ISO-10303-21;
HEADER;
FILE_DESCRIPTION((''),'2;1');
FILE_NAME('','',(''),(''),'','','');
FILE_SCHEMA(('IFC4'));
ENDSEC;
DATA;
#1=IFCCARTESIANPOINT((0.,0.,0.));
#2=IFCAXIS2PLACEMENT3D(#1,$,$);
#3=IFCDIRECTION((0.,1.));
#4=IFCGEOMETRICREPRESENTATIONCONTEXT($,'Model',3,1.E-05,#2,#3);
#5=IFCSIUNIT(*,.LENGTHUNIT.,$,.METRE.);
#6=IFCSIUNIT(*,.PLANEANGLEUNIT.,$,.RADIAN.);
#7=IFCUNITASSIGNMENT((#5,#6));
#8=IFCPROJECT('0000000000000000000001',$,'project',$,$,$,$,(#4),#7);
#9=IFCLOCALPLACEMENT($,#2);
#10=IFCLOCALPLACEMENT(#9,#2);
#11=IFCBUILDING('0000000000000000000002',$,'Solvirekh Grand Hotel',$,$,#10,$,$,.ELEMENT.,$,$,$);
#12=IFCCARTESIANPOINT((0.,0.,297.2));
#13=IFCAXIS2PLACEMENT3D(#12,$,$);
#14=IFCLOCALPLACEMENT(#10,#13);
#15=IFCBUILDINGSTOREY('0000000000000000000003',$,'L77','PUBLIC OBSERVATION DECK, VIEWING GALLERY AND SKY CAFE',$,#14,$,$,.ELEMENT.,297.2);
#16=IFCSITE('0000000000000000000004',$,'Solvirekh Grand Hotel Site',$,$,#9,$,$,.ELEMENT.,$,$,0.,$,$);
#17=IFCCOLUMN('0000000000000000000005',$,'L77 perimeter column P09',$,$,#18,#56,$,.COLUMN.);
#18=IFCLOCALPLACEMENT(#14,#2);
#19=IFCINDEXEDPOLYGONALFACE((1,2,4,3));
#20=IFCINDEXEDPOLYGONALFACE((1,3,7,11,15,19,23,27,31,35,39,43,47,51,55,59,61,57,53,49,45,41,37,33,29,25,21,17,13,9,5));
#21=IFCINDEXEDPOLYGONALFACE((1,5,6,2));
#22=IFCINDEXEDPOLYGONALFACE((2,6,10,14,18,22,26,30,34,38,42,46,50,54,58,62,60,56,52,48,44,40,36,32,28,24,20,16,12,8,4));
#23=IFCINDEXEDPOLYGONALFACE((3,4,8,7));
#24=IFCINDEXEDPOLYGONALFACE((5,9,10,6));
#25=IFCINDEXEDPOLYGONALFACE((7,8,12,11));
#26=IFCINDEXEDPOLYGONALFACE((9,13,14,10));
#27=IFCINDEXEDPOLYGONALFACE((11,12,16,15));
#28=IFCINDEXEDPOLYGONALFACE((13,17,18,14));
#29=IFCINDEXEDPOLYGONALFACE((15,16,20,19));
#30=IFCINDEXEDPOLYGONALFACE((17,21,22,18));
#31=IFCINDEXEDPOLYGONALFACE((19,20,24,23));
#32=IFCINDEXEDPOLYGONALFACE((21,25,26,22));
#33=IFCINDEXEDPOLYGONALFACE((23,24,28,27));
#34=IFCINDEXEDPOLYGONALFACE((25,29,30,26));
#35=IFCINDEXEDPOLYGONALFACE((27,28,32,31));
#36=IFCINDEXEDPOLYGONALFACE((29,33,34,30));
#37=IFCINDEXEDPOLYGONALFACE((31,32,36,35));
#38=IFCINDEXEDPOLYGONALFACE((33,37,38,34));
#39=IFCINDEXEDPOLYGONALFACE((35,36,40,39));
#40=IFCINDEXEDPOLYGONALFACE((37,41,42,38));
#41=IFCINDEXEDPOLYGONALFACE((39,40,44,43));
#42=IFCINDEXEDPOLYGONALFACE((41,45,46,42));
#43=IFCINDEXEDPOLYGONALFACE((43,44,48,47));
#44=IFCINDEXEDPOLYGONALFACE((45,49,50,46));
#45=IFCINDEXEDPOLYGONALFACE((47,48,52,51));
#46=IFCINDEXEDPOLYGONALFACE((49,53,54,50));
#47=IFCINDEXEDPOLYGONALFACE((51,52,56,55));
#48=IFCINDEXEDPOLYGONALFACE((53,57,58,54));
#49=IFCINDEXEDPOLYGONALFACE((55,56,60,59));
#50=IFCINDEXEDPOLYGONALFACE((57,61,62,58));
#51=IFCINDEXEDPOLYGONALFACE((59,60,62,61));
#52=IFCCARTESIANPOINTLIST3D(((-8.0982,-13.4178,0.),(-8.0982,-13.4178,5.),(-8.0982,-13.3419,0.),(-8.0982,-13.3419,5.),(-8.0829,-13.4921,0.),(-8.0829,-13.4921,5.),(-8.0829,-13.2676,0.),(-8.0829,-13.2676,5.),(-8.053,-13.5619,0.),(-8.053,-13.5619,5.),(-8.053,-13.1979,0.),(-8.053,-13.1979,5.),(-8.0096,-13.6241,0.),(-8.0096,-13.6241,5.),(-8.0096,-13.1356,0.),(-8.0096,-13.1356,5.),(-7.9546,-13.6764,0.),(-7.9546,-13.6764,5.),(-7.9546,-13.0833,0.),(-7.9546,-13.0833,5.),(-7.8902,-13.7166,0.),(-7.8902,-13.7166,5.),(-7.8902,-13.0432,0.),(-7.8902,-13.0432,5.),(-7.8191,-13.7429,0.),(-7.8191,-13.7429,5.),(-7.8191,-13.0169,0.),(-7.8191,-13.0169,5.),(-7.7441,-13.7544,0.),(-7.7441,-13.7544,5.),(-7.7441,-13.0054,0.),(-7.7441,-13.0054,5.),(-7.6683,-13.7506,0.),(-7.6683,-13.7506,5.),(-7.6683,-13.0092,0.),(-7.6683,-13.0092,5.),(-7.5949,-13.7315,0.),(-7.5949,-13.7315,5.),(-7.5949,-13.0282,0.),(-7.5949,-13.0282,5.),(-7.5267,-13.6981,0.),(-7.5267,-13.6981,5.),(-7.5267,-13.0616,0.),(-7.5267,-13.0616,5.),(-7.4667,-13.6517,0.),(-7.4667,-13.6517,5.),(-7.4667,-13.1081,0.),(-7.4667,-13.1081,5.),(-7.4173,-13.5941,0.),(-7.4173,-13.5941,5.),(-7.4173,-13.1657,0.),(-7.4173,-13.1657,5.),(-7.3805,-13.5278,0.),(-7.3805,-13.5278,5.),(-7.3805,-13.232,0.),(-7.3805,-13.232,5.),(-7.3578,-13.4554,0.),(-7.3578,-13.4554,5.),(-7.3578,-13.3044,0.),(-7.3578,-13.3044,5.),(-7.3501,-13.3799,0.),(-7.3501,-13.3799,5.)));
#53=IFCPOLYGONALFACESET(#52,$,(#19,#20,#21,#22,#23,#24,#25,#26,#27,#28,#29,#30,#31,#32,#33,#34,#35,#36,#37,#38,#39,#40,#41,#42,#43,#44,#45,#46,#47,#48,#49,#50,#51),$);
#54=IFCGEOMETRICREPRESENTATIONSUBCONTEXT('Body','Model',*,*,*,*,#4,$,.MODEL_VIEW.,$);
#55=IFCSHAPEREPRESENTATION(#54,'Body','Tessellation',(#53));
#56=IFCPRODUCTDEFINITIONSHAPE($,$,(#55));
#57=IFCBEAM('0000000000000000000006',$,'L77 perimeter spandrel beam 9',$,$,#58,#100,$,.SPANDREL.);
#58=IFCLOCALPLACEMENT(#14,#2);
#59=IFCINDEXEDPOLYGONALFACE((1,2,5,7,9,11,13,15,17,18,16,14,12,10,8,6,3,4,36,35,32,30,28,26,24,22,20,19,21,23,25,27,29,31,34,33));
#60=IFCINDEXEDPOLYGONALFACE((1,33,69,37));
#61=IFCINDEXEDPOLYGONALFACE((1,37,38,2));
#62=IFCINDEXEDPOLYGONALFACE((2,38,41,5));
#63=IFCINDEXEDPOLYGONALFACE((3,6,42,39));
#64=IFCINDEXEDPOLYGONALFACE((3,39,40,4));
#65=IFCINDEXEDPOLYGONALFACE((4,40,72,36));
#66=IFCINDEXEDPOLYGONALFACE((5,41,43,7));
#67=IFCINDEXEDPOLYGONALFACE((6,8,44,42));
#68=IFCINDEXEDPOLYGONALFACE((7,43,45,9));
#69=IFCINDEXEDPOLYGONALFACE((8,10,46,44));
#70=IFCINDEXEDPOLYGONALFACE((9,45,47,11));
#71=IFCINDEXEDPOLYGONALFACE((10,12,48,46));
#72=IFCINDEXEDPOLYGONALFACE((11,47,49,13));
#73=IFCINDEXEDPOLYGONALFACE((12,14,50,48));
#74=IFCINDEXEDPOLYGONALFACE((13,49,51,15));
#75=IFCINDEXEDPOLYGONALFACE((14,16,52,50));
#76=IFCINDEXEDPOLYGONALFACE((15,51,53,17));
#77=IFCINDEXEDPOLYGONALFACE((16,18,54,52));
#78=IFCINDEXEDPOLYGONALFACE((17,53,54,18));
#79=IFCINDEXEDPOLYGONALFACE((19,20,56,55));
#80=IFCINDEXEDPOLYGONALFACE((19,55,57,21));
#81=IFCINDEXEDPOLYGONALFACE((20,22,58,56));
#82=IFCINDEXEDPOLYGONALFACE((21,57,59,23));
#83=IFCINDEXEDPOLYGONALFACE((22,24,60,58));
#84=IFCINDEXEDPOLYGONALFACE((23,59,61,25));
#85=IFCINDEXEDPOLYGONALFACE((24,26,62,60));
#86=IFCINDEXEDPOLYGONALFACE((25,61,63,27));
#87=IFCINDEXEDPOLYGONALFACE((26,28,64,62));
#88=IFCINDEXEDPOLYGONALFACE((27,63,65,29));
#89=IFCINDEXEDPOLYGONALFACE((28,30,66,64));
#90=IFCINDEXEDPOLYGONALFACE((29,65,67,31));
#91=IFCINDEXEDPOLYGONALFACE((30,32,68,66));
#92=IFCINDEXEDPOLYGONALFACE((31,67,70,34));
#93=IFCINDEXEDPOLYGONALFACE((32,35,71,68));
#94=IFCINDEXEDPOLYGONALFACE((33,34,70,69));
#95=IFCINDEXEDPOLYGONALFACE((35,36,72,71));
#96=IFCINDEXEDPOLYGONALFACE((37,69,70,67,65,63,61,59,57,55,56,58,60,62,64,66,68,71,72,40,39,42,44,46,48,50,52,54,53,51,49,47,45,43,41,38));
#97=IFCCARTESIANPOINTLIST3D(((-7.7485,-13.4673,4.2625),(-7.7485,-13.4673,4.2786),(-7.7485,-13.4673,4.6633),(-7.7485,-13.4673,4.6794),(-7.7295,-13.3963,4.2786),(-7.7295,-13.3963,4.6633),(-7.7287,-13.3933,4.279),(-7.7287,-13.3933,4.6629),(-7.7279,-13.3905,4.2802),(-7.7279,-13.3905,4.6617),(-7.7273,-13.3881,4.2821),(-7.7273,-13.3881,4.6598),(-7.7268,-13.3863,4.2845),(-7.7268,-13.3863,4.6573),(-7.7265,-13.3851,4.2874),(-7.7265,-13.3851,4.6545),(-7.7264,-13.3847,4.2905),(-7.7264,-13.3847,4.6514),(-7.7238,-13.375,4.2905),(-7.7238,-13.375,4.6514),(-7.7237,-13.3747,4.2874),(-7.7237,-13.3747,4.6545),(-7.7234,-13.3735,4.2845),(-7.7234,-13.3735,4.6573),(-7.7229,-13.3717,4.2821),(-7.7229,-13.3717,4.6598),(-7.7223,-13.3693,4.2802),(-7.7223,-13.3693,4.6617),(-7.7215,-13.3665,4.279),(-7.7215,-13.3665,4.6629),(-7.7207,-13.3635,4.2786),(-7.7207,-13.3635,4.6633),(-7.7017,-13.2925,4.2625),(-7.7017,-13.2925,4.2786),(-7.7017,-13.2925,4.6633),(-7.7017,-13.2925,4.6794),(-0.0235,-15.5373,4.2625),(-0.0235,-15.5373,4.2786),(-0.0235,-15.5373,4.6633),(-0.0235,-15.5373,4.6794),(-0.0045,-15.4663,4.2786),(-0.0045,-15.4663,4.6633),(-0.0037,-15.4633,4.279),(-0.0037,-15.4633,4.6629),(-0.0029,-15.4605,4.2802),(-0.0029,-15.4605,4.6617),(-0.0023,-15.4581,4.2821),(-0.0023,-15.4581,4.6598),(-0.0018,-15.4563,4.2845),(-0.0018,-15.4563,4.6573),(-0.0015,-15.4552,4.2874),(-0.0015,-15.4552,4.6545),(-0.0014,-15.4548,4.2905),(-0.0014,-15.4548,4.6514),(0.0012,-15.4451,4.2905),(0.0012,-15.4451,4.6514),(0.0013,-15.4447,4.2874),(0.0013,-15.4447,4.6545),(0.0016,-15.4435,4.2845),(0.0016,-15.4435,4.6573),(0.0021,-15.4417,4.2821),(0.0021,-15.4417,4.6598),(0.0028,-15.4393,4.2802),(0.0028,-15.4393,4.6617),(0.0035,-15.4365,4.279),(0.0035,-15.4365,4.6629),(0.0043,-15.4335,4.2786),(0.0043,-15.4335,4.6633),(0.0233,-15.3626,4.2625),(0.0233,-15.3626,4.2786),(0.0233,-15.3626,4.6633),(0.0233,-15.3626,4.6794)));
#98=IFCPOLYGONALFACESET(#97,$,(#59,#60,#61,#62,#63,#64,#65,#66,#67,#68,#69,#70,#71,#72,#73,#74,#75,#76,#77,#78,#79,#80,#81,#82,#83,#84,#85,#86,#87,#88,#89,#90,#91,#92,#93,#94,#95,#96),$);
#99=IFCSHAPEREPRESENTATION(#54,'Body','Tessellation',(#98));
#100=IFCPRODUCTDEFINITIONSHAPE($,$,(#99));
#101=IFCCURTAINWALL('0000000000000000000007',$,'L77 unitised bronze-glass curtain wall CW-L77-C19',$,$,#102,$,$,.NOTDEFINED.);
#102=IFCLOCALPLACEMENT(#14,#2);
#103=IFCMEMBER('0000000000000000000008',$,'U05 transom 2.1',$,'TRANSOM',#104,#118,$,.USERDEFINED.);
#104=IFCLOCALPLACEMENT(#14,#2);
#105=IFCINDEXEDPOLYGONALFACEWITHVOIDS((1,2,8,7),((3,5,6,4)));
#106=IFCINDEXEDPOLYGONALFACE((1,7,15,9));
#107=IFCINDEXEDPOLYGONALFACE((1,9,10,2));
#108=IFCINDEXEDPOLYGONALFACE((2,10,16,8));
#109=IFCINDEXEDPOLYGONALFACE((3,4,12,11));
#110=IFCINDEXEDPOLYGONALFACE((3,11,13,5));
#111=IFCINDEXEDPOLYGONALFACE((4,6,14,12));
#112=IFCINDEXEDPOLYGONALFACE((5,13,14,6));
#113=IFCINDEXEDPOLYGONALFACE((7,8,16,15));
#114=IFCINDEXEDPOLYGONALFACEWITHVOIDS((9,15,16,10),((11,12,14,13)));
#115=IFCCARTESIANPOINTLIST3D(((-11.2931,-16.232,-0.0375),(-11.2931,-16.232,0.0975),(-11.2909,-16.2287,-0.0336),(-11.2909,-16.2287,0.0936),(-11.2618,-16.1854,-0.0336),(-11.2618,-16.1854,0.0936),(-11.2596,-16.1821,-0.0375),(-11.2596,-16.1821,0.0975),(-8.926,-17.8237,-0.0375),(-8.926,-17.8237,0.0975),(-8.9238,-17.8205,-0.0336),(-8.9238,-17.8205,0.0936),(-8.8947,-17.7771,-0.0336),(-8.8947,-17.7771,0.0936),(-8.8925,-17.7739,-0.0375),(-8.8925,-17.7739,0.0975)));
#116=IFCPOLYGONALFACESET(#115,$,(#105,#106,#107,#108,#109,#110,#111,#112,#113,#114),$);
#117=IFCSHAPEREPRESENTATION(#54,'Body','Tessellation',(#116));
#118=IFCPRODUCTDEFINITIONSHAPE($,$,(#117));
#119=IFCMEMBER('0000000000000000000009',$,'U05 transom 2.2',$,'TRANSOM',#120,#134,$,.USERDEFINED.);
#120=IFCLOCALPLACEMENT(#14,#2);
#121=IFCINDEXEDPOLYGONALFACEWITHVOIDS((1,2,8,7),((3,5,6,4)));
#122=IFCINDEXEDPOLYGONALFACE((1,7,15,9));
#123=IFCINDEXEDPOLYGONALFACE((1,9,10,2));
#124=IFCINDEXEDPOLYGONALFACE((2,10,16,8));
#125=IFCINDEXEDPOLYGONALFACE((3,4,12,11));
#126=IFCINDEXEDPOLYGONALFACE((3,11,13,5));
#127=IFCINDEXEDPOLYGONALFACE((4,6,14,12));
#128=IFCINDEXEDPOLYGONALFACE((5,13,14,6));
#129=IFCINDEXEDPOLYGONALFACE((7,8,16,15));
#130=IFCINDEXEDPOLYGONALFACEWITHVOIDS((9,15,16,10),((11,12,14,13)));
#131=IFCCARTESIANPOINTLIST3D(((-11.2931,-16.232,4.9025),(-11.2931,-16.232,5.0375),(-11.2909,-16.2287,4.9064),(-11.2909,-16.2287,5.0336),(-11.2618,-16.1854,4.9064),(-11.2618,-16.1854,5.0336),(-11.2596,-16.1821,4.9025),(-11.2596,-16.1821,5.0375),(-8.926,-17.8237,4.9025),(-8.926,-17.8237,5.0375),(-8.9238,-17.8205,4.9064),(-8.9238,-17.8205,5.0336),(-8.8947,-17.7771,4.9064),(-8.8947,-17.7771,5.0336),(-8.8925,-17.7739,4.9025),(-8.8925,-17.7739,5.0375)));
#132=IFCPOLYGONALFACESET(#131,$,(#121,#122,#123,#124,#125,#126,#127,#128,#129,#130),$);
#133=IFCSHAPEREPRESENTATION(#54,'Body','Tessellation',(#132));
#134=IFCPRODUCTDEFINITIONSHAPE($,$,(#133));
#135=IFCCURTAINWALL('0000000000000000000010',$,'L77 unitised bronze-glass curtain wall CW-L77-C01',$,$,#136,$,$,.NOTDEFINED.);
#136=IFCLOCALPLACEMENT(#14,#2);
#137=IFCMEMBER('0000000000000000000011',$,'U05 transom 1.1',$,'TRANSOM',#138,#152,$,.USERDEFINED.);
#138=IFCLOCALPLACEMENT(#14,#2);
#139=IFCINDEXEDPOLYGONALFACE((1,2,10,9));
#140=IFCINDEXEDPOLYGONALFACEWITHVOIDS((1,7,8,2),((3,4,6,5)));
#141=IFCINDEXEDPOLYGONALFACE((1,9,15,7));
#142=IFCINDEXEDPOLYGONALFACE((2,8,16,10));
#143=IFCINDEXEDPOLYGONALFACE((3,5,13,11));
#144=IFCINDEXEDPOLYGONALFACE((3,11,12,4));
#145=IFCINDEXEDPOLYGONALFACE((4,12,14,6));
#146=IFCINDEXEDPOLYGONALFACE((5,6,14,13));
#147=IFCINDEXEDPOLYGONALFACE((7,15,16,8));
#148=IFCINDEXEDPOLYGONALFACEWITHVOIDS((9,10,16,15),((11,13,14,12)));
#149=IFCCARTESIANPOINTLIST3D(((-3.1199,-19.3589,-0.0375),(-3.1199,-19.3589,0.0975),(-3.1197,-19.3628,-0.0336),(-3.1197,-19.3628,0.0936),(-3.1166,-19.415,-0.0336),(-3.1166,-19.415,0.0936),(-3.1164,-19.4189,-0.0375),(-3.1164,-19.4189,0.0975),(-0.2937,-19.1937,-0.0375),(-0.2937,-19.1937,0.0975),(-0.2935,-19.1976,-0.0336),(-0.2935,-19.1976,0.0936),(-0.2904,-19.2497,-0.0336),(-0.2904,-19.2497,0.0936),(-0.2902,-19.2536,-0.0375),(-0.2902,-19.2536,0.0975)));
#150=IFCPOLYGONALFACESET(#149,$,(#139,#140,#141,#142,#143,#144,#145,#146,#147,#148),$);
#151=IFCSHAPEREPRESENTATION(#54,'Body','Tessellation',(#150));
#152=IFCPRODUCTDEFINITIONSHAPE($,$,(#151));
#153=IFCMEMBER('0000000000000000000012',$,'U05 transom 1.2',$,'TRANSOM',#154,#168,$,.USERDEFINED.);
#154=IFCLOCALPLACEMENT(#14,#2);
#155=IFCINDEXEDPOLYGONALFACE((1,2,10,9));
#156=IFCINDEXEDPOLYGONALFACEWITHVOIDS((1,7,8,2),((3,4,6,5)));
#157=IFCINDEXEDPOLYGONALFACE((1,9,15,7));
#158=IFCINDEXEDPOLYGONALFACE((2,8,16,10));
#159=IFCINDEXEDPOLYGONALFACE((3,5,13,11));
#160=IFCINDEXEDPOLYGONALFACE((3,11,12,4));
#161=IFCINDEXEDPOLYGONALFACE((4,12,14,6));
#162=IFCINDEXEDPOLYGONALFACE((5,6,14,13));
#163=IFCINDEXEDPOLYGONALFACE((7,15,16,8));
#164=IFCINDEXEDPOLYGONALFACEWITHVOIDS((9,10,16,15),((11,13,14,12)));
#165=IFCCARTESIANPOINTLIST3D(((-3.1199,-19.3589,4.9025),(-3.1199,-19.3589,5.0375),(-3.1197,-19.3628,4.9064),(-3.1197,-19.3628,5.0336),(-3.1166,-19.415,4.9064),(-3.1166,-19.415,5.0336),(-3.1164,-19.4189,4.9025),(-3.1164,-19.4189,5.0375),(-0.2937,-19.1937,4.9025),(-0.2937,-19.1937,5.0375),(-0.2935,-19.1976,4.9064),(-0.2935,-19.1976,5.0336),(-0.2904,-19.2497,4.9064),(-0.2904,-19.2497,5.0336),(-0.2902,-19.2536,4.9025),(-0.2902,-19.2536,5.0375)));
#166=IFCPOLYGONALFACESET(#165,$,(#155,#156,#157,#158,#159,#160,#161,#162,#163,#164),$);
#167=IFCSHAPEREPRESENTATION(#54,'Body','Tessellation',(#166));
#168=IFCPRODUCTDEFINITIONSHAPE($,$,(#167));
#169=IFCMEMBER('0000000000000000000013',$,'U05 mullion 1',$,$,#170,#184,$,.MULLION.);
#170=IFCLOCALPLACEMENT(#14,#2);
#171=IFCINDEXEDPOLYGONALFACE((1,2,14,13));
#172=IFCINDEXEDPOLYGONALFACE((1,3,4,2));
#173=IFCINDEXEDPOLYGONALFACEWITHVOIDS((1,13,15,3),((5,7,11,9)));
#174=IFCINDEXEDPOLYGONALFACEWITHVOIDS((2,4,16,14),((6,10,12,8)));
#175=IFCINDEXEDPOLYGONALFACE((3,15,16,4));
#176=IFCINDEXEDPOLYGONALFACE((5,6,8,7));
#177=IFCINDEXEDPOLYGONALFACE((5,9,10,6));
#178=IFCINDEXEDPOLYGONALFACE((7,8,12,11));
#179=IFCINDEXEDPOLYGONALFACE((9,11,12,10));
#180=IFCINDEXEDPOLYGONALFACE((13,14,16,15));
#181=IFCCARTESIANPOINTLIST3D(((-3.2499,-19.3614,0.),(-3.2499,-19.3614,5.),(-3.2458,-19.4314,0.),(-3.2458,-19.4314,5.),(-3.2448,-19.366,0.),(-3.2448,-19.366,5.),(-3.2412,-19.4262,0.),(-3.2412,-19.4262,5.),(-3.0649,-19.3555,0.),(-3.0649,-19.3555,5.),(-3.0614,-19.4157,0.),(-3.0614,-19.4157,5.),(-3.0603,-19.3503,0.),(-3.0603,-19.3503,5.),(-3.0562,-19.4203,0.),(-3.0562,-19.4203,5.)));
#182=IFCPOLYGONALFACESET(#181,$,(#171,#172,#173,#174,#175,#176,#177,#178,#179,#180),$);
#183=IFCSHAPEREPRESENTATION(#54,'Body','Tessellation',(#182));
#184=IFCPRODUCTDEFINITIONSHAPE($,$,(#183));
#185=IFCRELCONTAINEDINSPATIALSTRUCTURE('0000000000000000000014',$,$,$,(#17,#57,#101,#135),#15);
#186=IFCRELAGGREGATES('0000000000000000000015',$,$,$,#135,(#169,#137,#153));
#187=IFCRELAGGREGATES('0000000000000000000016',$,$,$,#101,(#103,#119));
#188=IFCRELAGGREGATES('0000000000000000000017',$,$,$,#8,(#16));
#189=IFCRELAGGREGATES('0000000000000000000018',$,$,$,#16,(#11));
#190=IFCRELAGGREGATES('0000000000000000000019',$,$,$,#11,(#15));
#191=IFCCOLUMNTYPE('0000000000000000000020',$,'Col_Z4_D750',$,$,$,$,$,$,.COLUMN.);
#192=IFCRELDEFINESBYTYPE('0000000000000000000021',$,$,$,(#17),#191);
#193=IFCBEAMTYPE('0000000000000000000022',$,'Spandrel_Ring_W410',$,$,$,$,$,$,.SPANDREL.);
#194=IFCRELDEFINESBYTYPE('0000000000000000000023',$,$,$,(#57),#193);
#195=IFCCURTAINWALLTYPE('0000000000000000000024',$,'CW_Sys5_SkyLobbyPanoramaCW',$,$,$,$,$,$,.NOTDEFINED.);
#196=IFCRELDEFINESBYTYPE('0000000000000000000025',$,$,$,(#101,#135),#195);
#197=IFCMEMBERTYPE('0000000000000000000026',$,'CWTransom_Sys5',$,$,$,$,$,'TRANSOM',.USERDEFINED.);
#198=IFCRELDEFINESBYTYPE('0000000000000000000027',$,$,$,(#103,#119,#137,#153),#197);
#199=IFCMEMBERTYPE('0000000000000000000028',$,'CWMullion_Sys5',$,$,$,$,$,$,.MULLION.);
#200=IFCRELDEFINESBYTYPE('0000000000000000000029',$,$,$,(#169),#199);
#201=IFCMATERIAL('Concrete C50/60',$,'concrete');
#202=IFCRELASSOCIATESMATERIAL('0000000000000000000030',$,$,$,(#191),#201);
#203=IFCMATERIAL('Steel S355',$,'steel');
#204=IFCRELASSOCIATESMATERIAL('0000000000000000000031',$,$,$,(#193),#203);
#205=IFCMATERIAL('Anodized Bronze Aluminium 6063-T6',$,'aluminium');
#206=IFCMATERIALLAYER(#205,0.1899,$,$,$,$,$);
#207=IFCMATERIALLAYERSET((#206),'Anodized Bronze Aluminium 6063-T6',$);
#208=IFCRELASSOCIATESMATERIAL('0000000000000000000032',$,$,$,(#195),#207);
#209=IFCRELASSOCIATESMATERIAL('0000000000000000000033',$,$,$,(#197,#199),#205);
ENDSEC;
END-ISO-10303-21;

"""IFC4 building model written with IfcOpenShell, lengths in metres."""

from ifc_helpers import new_model, si_unit, direction, frame, origin, origin_2d, place, context, subcontext, project, spatial, hollow_rectangle, circle, i_section, extrude, source, transform, mapped, material, layer, layer_set, material_profile, profile_set, type_object, element, aggregate, save


model = new_model("IFC4")

# Units and contexts
model_context = context("Model", 3, precision=1e-05, world=origin(), true_north=direction((0.0, 1.0)))
body_context = subcontext(model_context, "Body", "Model", "MODEL_VIEW")
ifc_project = project(units=[si_unit("LENGTHUNIT", "METRE"), si_unit("PLANEANGLEUNIT", "RADIAN")], contexts=[model_context])

# Site, building, storey
site_placement = place(None, origin())
site = spatial("IfcSite", under=ifc_project, at=site_placement, Name="Solvirekh Grand Hotel Site", CompositionType="ELEMENT", RefElevation=0.0)
building_placement = place(site_placement, origin())
building = spatial("IfcBuilding", under=site, at=building_placement, Name="Solvirekh Grand Hotel", CompositionType="ELEMENT")
storey_placement = place(building_placement, frame((0.0, 0.0, 297.2)))
storey = spatial("IfcBuildingStorey", under=building, at=storey_placement, Name="L77", Description="PUBLIC OBSERVATION DECK, VIEWING GALLERY AND SKY CAFE", CompositionType="ELEMENT", Elevation=297.2)

# Column
ifc_material_1 = material(Name="Concrete C50/60", Category="concrete")
ifc_material_profile_1 = material_profile(ifc_material_1, circle(Radius=0.375, at=origin_2d()), Name="RC CIRC D750")
ifc_profile_set_1 = profile_set([ifc_material_profile_1], Name="Concrete C50/60")
column_type = type_object("IfcColumnType", Name="Col_Z4_D750", PredefinedType="COLUMN", material=ifc_profile_set_1)
column_placement = place(storey_placement, frame((-7.7251, -13.3799, 0.0), z_axis=(0.0, 0.0, 1.0), x_axis=(1.0, 0.0, 0.0)))
element("IfcColumn", 1, at=column_placement, inside=storey, type_object=column_type, Name="L77 perimeter column P09", PredefinedType="COLUMN", context=body_context, shape_type="SweptSolid", body=[
    extrude(circle(Radius=0.375, at=origin_2d()), origin(), (0.0, 0.0, 1.0), 5.0),
])

# Beam
ifc_material_2 = material(Name="Steel S355", Category="steel")
ifc_material_profile_2 = material_profile(ifc_material_2, i_section(OverallWidth=0.1809, OverallDepth=0.417, WebThickness=0.01, FlangeThickness=0.0161, FilletRadius=0.012, at=origin_2d()), Name="W410X85")
ifc_profile_set_2 = profile_set([ifc_material_profile_2], Name="Steel S355")
beam_type = type_object("IfcBeamType", Name="Spandrel_Ring_W410", PredefinedType="SPANDREL", material=ifc_profile_set_2)
beam_placement = place(storey_placement, frame((-7.7251, -13.3799, 4.4709), z_axis=(0.965922, -0.258835, 0.0), x_axis=(0.258835, 0.965922, 0.0)))
element("IfcBeam", 2, at=beam_placement, inside=storey, type_object=beam_type, Name="L77 perimeter spandrel beam 9", PredefinedType="SPANDREL", context=body_context, shape_type="SweptSolid", body=[
    extrude(i_section(OverallWidth=0.1809, OverallDepth=0.417, WebThickness=0.01, FlangeThickness=0.0161, FilletRadius=0.012, at=origin_2d()), origin(), (0.0, 0.0, 1.0), 7.9976),
])

# Curtain walls, members
ifc_material_3 = material(Name="Anodized Bronze Aluminium 6063-T6", Category="aluminium")
ifc_layer_1 = layer(ifc_material_3, 0.1899)
ifc_layer_set_1 = layer_set([ifc_layer_1], Name="Anodized Bronze Aluminium 6063-T6")
curtain_wall_type = type_object("IfcCurtainWallType", Name="CW_Sys5_SkyLobbyPanoramaCW", PredefinedType="NOTDEFINED", material=ifc_layer_set_1)
curtain_wall_1_placement = place(storey_placement, origin())
curtain_wall_1 = element("IfcCurtainWall", 3, at=curtain_wall_1_placement, inside=storey, type_object=curtain_wall_type, Name="L77 unitised bronze-glass curtain wall CW-L77-C19", PredefinedType="NOTDEFINED")
ifc_material_profile_3 = material_profile(ifc_material_3, hollow_rectangle(XDim=0.0601, YDim=0.135, WallThickness=0.0039, at=origin_2d()), Name="ALU RHS 135X60X4")
ifc_profile_set_3 = profile_set([ifc_material_profile_3], Name="Anodized Bronze Aluminium 6063-T6")
member_type_1 = type_object("IfcMemberType", Name="CWTransom_Sys5", ElementType="TRANSOM", PredefinedType="USERDEFINED", material=ifc_profile_set_3)
shared_shape_1 = source(origin(), body_context, "Body", "SweptSolid", [
    extrude(hollow_rectangle(XDim=0.0601, YDim=0.135, WallThickness=0.0039, at=origin_2d()), origin(), (0.0, 0.0, 1.0), 2.8525),
])
member_1_placement = place(storey_placement, frame((-11.2764, -16.207, 0.03), z_axis=(0.829832, -0.558014, 0.0), x_axis=(0.558014, 0.829832, 0.0)))
member_1 = element("IfcMember", 4, at=member_1_placement, type_object=member_type_1, Name="U05 transom 2.1", ObjectType="TRANSOM", PredefinedType="USERDEFINED", context=body_context, shape_type="MappedRepresentation", body=[
    mapped(shared_shape_1, transform((0.0, 0.0, 0.0), x_axis=(1.0, 0.0, 0.0), y_axis=(0.0, 1.0, 0.0), z_axis=(0.0, 0.0, 1.0), scale=1.0)),
])
member_2_placement = place(storey_placement, frame((-11.2764, -16.207, 4.97), z_axis=(0.829832, -0.558014, 0.0), x_axis=(0.558014, 0.829832, 0.0)))
member_2 = element("IfcMember", 5, at=member_2_placement, type_object=member_type_1, Name="U05 transom 2.2", ObjectType="TRANSOM", PredefinedType="USERDEFINED", context=body_context, shape_type="MappedRepresentation", body=[
    mapped(shared_shape_1, transform((0.0, 0.0, 0.0), x_axis=(1.0, 0.0, 0.0), y_axis=(0.0, 1.0, 0.0), z_axis=(0.0, 0.0, 1.0), scale=1.0)),
])
curtain_wall_2_placement = place(storey_placement, origin())
curtain_wall_2 = element("IfcCurtainWall", 6, at=curtain_wall_2_placement, inside=storey, type_object=curtain_wall_type, Name="L77 unitised bronze-glass curtain wall CW-L77-C01", PredefinedType="NOTDEFINED")
shared_shape_2 = source(origin(), body_context, "Body", "SweptSolid", [
    extrude(hollow_rectangle(XDim=0.0601, YDim=0.135, WallThickness=0.0039, at=origin_2d()), origin(), (0.0, 0.0, 1.0), 2.8311),
])
member_3_placement = place(storey_placement, frame((-3.1182, -19.3889, 0.03), z_axis=(0.998294, 0.058383, 0.0), x_axis=(-0.058383, 0.998294, 0.0)))
member_3 = element("IfcMember", 7, at=member_3_placement, type_object=member_type_1, Name="U05 transom 1.1", ObjectType="TRANSOM", PredefinedType="USERDEFINED", context=body_context, shape_type="MappedRepresentation", body=[
    mapped(shared_shape_2, transform((0.0, 0.0, 0.0), x_axis=(1.0, 0.0, 0.0), y_axis=(0.0, 1.0, 0.0), z_axis=(0.0, 0.0, 1.0), scale=1.0)),
])
member_4_placement = place(storey_placement, frame((-3.1182, -19.3889, 4.97), z_axis=(0.998294, 0.058383, 0.0), x_axis=(-0.058383, 0.998294, 0.0)))
member_4 = element("IfcMember", 8, at=member_4_placement, type_object=member_type_1, Name="U05 transom 1.2", ObjectType="TRANSOM", PredefinedType="USERDEFINED", context=body_context, shape_type="MappedRepresentation", body=[
    mapped(shared_shape_2, transform((0.0, 0.0, 0.0), x_axis=(1.0, 0.0, 0.0), y_axis=(0.0, 1.0, 0.0), z_axis=(0.0, 0.0, 1.0), scale=1.0)),
])
ifc_material_profile_4 = material_profile(ifc_material_3, hollow_rectangle(XDim=0.0701, YDim=0.1899, WallThickness=0.0049, at=origin_2d()), Name="ALU RHS 190X70X5")
ifc_profile_set_4 = profile_set([ifc_material_profile_4], Name="Anodized Bronze Aluminium 6063-T6")
member_type_2 = type_object("IfcMemberType", Name="CWMullion_Sys5", PredefinedType="MULLION", material=ifc_profile_set_4)
shared_shape_3 = source(origin(), body_context, "Body", "SweptSolid", [
    extrude(hollow_rectangle(XDim=0.0701, YDim=0.1899, WallThickness=0.0049, at=origin_2d()), origin(), (0.0, 0.0, 1.0), 5.0),
])
member_5_placement = place(storey_placement, frame((-3.1531, -19.3909, 0.0), z_axis=(0.0, 0.0, 1.0), x_axis=(-0.058413, 0.998293, 0.0)))
member_5 = element("IfcMember", 9, at=member_5_placement, type_object=member_type_2, Name="U05 mullion 1", PredefinedType="MULLION", context=body_context, shape_type="MappedRepresentation", body=[
    mapped(shared_shape_3, transform((0.0, 0.0, 0.0), x_axis=(1.0, 0.0, 0.0), y_axis=(0.0, 1.0, 0.0), z_axis=(0.0, 0.0, 1.0), scale=1.0)),
])
aggregate(curtain_wall_2, [member_5, member_3, member_4])

aggregate(curtain_wall_1, [member_1, member_2])

save(model, "model.ifc")
